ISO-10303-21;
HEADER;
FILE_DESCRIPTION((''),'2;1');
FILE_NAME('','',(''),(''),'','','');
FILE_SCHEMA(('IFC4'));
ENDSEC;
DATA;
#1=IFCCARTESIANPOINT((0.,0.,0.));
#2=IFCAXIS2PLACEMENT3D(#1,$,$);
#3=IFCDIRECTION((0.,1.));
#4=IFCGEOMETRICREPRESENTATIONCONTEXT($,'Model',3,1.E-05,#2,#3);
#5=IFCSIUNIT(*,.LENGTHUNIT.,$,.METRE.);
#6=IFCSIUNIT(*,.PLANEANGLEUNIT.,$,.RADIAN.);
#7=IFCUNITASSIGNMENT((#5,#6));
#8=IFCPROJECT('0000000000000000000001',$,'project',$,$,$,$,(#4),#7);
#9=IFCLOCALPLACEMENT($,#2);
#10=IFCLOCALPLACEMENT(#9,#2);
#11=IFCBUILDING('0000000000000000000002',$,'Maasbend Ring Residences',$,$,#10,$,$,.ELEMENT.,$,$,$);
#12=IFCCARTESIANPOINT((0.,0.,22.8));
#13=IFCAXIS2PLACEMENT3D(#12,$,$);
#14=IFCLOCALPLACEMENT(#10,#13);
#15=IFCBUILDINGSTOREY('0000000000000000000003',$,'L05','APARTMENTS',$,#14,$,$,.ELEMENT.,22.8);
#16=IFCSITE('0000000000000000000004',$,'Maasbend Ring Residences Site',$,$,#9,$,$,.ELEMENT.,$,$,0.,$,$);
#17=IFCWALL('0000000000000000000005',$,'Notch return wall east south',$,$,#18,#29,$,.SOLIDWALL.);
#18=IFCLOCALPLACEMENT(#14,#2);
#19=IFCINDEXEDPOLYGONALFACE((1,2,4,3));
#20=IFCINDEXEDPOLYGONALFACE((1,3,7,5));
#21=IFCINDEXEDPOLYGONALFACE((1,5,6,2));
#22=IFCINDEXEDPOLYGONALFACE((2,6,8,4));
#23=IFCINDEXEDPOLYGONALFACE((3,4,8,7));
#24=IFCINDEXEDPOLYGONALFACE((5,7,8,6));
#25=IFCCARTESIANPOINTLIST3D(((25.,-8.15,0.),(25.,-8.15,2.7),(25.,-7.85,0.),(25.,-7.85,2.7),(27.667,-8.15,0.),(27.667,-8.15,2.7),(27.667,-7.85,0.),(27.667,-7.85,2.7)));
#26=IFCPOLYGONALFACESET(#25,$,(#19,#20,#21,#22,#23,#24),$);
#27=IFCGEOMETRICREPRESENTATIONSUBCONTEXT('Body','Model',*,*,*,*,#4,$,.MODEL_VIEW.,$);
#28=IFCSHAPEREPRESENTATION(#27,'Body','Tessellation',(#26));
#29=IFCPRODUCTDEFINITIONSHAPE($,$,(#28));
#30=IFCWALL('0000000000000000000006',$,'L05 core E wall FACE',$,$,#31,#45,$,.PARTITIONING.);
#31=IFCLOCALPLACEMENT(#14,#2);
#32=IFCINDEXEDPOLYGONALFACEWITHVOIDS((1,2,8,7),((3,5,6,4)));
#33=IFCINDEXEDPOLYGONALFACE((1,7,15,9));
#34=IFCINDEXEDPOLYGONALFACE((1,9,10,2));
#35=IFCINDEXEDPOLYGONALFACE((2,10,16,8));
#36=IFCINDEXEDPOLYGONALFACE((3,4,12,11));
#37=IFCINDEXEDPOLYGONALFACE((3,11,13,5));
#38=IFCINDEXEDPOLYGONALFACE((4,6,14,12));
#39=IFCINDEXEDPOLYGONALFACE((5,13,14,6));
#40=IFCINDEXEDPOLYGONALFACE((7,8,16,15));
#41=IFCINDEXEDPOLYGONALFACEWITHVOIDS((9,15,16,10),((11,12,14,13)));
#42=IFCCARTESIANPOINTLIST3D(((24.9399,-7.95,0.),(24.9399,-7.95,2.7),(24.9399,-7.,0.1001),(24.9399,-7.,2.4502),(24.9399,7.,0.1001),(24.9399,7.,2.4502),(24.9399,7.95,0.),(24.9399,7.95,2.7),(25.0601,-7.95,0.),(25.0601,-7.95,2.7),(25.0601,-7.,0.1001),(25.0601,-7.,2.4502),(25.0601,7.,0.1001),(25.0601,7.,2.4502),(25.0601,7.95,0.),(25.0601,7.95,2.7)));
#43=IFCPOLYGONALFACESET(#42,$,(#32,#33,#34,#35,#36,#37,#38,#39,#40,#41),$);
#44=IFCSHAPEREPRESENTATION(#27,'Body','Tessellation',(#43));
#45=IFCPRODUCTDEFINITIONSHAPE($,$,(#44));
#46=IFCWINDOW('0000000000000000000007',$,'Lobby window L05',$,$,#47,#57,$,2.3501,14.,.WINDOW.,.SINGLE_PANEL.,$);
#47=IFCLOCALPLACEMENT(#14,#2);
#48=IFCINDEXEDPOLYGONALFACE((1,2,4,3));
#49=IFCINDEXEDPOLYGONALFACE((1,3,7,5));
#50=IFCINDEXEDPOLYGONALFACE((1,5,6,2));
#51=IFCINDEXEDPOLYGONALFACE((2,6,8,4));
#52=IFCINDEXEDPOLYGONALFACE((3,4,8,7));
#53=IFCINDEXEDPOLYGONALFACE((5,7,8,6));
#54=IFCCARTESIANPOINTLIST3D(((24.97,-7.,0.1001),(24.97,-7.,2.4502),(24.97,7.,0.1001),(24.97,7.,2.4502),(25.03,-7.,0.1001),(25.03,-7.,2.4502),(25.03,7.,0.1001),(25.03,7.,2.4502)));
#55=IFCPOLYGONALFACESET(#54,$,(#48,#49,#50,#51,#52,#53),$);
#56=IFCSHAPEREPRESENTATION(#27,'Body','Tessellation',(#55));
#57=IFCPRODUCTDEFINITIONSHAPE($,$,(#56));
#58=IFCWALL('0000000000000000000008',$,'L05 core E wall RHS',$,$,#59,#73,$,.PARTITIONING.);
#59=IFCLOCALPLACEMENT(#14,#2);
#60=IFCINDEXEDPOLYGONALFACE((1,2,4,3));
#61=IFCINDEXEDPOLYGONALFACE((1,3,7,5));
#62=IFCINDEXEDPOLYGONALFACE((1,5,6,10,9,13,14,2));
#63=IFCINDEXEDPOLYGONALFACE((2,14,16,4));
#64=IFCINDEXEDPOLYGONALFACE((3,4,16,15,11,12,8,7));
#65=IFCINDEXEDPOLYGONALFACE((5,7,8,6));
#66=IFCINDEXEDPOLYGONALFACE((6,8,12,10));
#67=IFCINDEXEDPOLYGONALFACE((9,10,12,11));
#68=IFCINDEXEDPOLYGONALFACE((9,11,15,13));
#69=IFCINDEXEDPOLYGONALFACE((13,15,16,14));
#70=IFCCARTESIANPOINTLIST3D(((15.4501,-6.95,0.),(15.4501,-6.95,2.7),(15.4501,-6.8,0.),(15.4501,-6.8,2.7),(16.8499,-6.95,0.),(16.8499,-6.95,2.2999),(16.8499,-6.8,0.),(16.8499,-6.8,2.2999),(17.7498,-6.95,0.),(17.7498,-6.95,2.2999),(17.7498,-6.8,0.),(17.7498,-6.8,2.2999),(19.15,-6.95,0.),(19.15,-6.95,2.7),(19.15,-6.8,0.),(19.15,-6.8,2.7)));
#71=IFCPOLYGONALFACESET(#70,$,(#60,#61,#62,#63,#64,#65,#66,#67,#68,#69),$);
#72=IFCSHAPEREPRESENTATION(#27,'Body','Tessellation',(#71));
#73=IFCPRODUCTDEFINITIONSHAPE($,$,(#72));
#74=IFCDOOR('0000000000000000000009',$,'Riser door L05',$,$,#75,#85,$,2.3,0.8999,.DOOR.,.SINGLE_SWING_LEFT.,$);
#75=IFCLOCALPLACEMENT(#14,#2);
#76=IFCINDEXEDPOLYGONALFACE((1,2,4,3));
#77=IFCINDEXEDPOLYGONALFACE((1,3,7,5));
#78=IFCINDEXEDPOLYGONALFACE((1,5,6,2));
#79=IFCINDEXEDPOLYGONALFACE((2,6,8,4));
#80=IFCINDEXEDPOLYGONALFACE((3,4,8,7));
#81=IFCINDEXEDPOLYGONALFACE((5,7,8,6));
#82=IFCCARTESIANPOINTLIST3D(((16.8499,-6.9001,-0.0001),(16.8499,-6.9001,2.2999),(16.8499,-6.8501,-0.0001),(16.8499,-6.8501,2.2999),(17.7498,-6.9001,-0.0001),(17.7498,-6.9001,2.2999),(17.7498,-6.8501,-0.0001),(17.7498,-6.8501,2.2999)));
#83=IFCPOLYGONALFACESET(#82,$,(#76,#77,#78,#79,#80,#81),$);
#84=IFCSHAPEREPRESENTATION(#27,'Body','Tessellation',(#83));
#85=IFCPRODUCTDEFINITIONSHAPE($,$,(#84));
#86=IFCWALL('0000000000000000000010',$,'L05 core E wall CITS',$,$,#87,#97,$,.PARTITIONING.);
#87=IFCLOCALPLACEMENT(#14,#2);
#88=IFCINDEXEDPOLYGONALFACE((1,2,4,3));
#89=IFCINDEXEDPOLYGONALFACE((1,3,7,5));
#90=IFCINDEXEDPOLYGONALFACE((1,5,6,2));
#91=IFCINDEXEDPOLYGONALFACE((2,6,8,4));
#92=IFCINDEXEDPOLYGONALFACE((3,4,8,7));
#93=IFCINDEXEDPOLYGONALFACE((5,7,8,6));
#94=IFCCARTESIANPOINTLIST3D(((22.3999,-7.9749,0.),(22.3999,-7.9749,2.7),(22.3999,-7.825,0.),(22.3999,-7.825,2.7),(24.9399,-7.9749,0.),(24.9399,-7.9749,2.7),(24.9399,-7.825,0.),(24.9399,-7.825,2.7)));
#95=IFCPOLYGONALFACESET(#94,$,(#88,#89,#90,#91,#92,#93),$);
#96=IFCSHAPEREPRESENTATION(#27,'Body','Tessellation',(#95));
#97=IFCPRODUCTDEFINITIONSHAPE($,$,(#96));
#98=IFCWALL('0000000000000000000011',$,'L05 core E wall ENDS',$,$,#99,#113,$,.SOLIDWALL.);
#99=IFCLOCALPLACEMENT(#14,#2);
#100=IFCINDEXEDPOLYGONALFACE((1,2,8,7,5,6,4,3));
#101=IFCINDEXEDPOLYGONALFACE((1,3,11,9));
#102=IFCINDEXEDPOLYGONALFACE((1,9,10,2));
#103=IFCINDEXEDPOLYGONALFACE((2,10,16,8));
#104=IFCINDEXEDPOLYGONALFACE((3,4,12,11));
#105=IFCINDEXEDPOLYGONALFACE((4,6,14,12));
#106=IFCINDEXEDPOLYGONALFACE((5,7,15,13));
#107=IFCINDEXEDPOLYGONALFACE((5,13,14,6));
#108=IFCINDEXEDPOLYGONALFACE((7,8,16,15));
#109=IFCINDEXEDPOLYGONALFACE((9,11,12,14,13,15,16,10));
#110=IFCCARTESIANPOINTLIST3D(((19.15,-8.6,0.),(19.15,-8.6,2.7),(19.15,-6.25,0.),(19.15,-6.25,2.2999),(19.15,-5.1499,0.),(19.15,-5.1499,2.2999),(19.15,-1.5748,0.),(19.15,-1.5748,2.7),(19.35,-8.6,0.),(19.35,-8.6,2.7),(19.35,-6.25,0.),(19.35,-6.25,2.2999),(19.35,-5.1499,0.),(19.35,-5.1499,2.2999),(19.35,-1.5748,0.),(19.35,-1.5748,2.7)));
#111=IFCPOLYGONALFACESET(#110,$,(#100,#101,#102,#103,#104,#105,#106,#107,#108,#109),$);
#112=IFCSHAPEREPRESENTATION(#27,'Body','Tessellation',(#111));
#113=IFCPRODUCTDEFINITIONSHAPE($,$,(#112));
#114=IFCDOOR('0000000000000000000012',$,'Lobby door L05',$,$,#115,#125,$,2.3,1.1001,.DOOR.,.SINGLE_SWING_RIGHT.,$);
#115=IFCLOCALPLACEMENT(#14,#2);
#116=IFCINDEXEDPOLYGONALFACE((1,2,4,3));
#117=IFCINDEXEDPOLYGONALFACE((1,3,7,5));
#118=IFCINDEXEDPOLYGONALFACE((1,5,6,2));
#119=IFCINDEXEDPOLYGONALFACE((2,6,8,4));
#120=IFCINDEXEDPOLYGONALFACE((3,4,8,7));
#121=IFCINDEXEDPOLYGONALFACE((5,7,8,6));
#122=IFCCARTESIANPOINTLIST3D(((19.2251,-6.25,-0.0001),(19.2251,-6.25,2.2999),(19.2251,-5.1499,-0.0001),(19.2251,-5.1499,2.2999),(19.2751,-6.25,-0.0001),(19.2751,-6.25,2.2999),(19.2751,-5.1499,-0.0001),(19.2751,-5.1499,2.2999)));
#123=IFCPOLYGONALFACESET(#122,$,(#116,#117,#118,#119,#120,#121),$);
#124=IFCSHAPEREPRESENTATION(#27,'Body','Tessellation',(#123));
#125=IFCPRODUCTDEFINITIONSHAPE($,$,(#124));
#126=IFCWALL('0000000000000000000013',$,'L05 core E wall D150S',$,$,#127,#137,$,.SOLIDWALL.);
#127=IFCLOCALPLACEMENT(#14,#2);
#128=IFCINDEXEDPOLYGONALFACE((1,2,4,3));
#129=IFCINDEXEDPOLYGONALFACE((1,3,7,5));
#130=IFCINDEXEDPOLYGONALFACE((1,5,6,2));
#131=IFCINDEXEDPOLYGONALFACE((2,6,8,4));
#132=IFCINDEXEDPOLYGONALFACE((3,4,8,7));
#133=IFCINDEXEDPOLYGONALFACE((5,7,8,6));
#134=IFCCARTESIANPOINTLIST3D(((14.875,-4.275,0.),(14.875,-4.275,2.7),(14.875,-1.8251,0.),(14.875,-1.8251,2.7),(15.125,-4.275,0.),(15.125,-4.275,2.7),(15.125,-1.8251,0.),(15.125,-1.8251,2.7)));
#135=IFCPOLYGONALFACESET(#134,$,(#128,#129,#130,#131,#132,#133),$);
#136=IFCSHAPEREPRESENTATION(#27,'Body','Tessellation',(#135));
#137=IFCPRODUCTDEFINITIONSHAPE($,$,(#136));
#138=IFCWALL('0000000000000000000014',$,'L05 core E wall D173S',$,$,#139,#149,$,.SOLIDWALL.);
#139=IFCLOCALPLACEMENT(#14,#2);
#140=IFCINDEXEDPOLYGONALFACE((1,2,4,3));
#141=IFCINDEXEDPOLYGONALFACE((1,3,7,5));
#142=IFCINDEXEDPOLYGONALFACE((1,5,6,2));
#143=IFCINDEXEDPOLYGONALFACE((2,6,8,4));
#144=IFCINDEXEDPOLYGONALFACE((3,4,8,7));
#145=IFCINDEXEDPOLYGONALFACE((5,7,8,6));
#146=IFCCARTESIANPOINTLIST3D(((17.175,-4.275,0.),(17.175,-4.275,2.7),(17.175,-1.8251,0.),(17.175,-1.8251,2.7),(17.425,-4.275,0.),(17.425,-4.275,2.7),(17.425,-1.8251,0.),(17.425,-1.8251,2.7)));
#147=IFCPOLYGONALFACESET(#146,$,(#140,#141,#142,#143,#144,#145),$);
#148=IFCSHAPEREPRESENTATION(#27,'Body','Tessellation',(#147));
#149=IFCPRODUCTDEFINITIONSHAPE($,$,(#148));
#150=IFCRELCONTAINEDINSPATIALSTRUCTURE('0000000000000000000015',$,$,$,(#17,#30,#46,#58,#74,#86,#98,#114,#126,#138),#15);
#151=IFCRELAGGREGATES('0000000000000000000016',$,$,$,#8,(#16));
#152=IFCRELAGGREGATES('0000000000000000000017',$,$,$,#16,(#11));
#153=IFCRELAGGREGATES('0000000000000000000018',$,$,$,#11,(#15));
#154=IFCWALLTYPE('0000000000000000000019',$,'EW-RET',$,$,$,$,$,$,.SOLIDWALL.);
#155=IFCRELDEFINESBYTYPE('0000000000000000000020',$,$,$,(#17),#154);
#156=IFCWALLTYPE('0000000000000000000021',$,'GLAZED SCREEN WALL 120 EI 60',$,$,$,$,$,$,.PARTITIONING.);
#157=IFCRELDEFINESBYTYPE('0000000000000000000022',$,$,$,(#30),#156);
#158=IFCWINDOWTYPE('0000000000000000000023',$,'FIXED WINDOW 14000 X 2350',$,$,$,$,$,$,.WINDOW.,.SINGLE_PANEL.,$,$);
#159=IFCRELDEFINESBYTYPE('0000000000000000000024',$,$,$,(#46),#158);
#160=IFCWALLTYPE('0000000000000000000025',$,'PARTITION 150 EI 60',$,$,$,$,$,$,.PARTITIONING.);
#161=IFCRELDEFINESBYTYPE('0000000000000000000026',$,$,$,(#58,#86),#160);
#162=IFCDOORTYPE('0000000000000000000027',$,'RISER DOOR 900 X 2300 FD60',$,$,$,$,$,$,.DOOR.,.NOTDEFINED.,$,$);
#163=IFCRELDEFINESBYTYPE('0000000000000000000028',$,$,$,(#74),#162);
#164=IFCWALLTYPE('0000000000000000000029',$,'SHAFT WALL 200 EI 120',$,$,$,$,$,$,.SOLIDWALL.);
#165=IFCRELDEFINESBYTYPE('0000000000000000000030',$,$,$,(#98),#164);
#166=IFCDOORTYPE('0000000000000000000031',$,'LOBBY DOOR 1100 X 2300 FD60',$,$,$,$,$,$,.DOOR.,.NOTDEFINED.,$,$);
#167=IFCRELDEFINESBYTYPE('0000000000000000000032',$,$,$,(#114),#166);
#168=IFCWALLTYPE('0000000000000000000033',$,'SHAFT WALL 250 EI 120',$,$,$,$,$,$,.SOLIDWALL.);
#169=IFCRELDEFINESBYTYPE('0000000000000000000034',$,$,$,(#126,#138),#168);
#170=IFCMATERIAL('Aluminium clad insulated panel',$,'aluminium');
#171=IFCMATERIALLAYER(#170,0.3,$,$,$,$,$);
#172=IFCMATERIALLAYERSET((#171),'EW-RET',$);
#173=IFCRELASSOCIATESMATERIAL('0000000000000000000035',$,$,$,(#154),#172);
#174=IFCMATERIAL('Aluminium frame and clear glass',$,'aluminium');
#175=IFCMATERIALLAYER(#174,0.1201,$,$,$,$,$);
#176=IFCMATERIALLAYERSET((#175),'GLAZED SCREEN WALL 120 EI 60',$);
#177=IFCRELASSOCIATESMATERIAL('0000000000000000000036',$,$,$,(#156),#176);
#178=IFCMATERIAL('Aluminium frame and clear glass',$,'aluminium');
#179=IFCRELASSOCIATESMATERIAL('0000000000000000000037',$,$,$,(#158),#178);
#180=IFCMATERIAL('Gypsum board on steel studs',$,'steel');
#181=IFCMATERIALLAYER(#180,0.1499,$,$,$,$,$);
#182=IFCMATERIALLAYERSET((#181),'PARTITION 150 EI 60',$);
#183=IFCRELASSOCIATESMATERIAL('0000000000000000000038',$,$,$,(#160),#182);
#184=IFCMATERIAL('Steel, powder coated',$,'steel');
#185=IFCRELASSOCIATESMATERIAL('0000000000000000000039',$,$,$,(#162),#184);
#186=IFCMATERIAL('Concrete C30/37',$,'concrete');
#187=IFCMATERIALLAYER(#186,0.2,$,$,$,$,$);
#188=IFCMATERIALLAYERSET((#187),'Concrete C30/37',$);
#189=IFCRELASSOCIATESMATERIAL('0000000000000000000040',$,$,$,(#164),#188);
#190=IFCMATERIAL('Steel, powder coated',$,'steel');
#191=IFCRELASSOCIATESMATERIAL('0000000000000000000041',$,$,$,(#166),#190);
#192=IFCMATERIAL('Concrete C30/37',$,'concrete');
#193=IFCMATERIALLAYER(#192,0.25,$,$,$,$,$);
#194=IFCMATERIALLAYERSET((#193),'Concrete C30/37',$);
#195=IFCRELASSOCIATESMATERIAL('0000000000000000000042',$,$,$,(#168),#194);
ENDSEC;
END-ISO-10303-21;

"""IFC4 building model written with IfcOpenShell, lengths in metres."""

from ifc_helpers import new_model, si_unit, direction, frame, frame_2d, origin, place, context, subcontext, project, spatial, rectangle, extrude, material, layer, layer_set, type_object, element, fill, save


model = new_model("IFC4")

# Units and contexts
model_context = context("Model", 3, precision=1e-05, world=origin(), true_north=direction((0.0, 1.0)))
body_context = subcontext(model_context, "Body", "Model", "MODEL_VIEW")
ifc_project = project(units=[si_unit("LENGTHUNIT", "METRE"), si_unit("PLANEANGLEUNIT", "RADIAN")], contexts=[model_context])

# Site, building, storey
site_placement = place(None, origin())
site = spatial("IfcSite", under=ifc_project, at=site_placement, Name="Maasbend Ring Residences Site", CompositionType="ELEMENT", RefElevation=0.0)
building_placement = place(site_placement, origin())
building = spatial("IfcBuilding", under=site, at=building_placement, Name="Maasbend Ring Residences", CompositionType="ELEMENT")
storey_placement = place(building_placement, frame((0.0, 0.0, 22.8)))
storey = spatial("IfcBuildingStorey", under=building, at=storey_placement, Name="L05", Description="APARTMENTS", CompositionType="ELEMENT", Elevation=22.8)

# Wall
ifc_material_1 = material(Name="Aluminium clad insulated panel", Category="aluminium")
ifc_layer_1 = layer(ifc_material_1, 0.3)
ifc_layer_set_1 = layer_set([ifc_layer_1], Name="EW-RET")
wall_type_1 = type_object("IfcWallType", Name="EW-RET", PredefinedType="SOLIDWALL", material=ifc_layer_set_1)
wall_1_placement = place(storey_placement, frame((25.0, -8.0, 0.0), z_axis=(0.0, 0.0, 1.0), x_axis=(1.0, 0.0, 0.0)))
element("IfcWall", 1, at=wall_1_placement, inside=storey, type_object=wall_type_1, Name="Notch return wall east south", PredefinedType="SOLIDWALL", context=body_context, shape_type="SweptSolid", body=[
    extrude(rectangle(XDim=2.667, YDim=0.3, at=frame_2d((1.3335, 0.0))), origin(), (0.0, 0.0, 1.0), 2.7),
])

# Wall, opening, window
ifc_material_2 = material(Name="Aluminium frame and clear glass", Category="aluminium")
ifc_layer_2 = layer(ifc_material_2, 0.1201)
ifc_layer_set_2 = layer_set([ifc_layer_2], Name="GLAZED SCREEN WALL 120 EI 60")
wall_type_2 = type_object("IfcWallType", Name="GLAZED SCREEN WALL 120 EI 60", PredefinedType="PARTITIONING", material=ifc_layer_set_2)
wall_2_placement = place(storey_placement, frame((25.0, -7.95, 0.0), z_axis=(0.0, 0.0, 1.0), x_axis=(0.0, 1.0, 0.0)))
wall_2 = element("IfcWall", 2, at=wall_2_placement, inside=storey, type_object=wall_type_2, Name="L05 core E wall FACE", PredefinedType="PARTITIONING", context=body_context, shape_type="SweptSolid", body=[
    extrude(rectangle(XDim=15.8999, YDim=0.1201, at=frame_2d((7.95, 0.0))), origin(), (0.0, 0.0, 1.0), 2.7),
])
opening_1_placement = place(wall_2_placement, frame((0.95, 0.0, 0.1001)))
opening_1 = element("IfcOpeningElement", 3, at=opening_1_placement, cuts=wall_2, PredefinedType="OPENING", context=body_context, shape_type="SweptSolid", body=[
    extrude(rectangle(XDim=14.0, YDim=2.3501, at=frame_2d((7.0, 1.175))), frame((0.0, 0.0701, 0.0), z_axis=(0.0, -1.0, 0.0), x_axis=(1.0, 0.0, 0.0)), (0.0, 0.0, 1.0), 0.1401),
])
ifc_material_3 = material(Name="Aluminium frame and clear glass", Category="aluminium")
window_type = type_object("IfcWindowType", Name="FIXED WINDOW 14000 X 2350", PartitioningType="SINGLE_PANEL", PredefinedType="WINDOW", material=ifc_material_3)
window_placement = place(opening_1_placement, origin())
window = element("IfcWindow", 4, at=window_placement, inside=storey, type_object=window_type, Name="Lobby window L05", OverallHeight=2.3501, OverallWidth=14.0, PartitioningType="SINGLE_PANEL", PredefinedType="WINDOW", context=body_context, shape_type="SweptSolid", body=[
    extrude(rectangle(XDim=14.0, YDim=2.3501, at=frame_2d((7.0, 1.175))), frame((0.0, 0.03, 0.0), z_axis=(0.0, -1.0, 0.0), x_axis=(1.0, 0.0, 0.0)), (0.0, 0.0, 1.0), 0.0601),
])
fill(opening_1, window)

# Wall, opening, door
ifc_material_4 = material(Name="Gypsum board on steel studs", Category="steel")
ifc_layer_3 = layer(ifc_material_4, 0.1499)
ifc_layer_set_3 = layer_set([ifc_layer_3], Name="PARTITION 150 EI 60")
wall_type_3 = type_object("IfcWallType", Name="PARTITION 150 EI 60", PredefinedType="PARTITIONING", material=ifc_layer_set_3)
wall_3_placement = place(storey_placement, frame((15.45, -6.875, 0.0), z_axis=(0.0, 0.0, 1.0), x_axis=(1.0, 0.0, 0.0)))
wall_3 = element("IfcWall", 5, at=wall_3_placement, inside=storey, type_object=wall_type_3, Name="L05 core E wall RHS", PredefinedType="PARTITIONING", context=body_context, shape_type="SweptSolid", body=[
    extrude(rectangle(XDim=3.7, YDim=0.1499, at=frame_2d((1.8501, 0.0))), origin(), (0.0, 0.0, 1.0), 2.7),
])
opening_2_placement = place(wall_3_placement, frame((1.3999, 0.0, 0.0)))
opening_2 = element("IfcOpeningElement", 6, at=opening_2_placement, cuts=wall_3, PredefinedType="OPENING", context=body_context, shape_type="SweptSolid", body=[
    extrude(rectangle(XDim=0.8999, YDim=2.3, at=frame_2d((0.45, 1.1499))), frame((0.0, 0.085, 0.0), z_axis=(0.0, -1.0, 0.0), x_axis=(1.0, 0.0, 0.0)), (0.0, 0.0, 1.0), 0.1699),
])
ifc_material_5 = material(Name="Steel, powder coated", Category="steel")
door_type_1 = type_object("IfcDoorType", Name="RISER DOOR 900 X 2300 FD60", OperationType="NOTDEFINED", PredefinedType="DOOR", material=ifc_material_5)
door_1_placement = place(opening_2_placement, origin())
door_1 = element("IfcDoor", 7, at=door_1_placement, inside=storey, type_object=door_type_1, Name="Riser door L05", OperationType="SINGLE_SWING_LEFT", OverallHeight=2.3, OverallWidth=0.8999, PredefinedType="DOOR", context=body_context, shape_type="SweptSolid", body=[
    extrude(rectangle(XDim=0.8999, YDim=2.3, at=frame_2d((0.45, 1.1499))), frame((0.0, 0.0249, 0.0), z_axis=(0.0, -1.0, 0.0), x_axis=(1.0, 0.0, 0.0)), (0.0, 0.0, 1.0), 0.05),
])
fill(opening_2, door_1)

# Wall
wall_4_placement = place(storey_placement, frame((22.3999, -7.8999, 0.0), z_axis=(0.0, 0.0, 1.0), x_axis=(1.0, 0.0, 0.0)))
element("IfcWall", 8, at=wall_4_placement, inside=storey, type_object=wall_type_3, Name="L05 core E wall CITS", PredefinedType="PARTITIONING", context=body_context, shape_type="SweptSolid", body=[
    extrude(rectangle(XDim=2.54, YDim=0.1499, at=frame_2d((1.27, 0.0))), origin(), (0.0, 0.0, 1.0), 2.7),
])

# Wall, opening, door
ifc_material_6 = material(Name="Concrete C30/37", Category="concrete")
ifc_layer_4 = layer(ifc_material_6, 0.2)
ifc_layer_set_4 = layer_set([ifc_layer_4], Name="Concrete C30/37")
wall_type_4 = type_object("IfcWallType", Name="SHAFT WALL 200 EI 120", PredefinedType="SOLIDWALL", material=ifc_layer_set_4)
wall_5_placement = place(storey_placement, frame((19.25, -8.6001, 0.0), z_axis=(0.0, 0.0, 1.0), x_axis=(0.0, 1.0, 0.0)))
wall_5 = element("IfcWall", 9, at=wall_5_placement, inside=storey, type_object=wall_type_4, Name="L05 core E wall ENDS", PredefinedType="SOLIDWALL", context=body_context, shape_type="SweptSolid", body=[
    extrude(rectangle(XDim=7.0251, YDim=0.2, at=frame_2d((3.5127, 0.0))), origin(), (0.0, 0.0, 1.0), 2.7),
])
opening_3_placement = place(wall_5_placement, frame((2.3501, 0.0, 0.0)))
opening_3 = element("IfcOpeningElement", 10, at=opening_3_placement, cuts=wall_5, PredefinedType="OPENING", context=body_context, shape_type="SweptSolid", body=[
    extrude(rectangle(XDim=1.1001, YDim=2.3, at=frame_2d((0.55, 1.1499))), frame((0.0, 0.1099, 0.0), z_axis=(0.0, -1.0, 0.0), x_axis=(1.0, 0.0, 0.0)), (0.0, 0.0, 1.0), 0.22),
])
ifc_material_7 = material(Name="Steel, powder coated", Category="steel")
door_type_2 = type_object("IfcDoorType", Name="LOBBY DOOR 1100 X 2300 FD60", OperationType="NOTDEFINED", PredefinedType="DOOR", material=ifc_material_7)
door_2_placement = place(opening_3_placement, origin())
door_2 = element("IfcDoor", 11, at=door_2_placement, inside=storey, type_object=door_type_2, Name="Lobby door L05", OperationType="SINGLE_SWING_RIGHT", OverallHeight=2.3, OverallWidth=1.1001, PredefinedType="DOOR", context=body_context, shape_type="SweptSolid", body=[
    extrude(rectangle(XDim=1.1001, YDim=2.3, at=frame_2d((0.55, 1.1499))), frame((0.0, 0.0249, 0.0), z_axis=(0.0, -1.0, 0.0), x_axis=(1.0, 0.0, 0.0)), (0.0, 0.0, 1.0), 0.05),
])
fill(opening_3, door_2)

# Walls
ifc_material_8 = material(Name="Concrete C30/37", Category="concrete")
ifc_layer_5 = layer(ifc_material_8, 0.25)
ifc_layer_set_5 = layer_set([ifc_layer_5], Name="Concrete C30/37")
wall_type_5 = type_object("IfcWallType", Name="SHAFT WALL 250 EI 120", PredefinedType="SOLIDWALL", material=ifc_layer_set_5)
for number, where, z_axis, x_axis, name in (
    (12, (15.0, -1.825, 0.0), (0.0, 0.0, 1.0), (0.0, -1.0, 0.0), "L05 core E wall D150S"),
    (13, (17.3, -1.825, 0.0), (0.0, 0.0, 1.0), (0.0, -1.0, 0.0), "L05 core E wall D173S"),
):
    element("IfcWall", number, at=place(storey_placement, frame(where, z_axis=z_axis, x_axis=x_axis)), inside=storey, type_object=wall_type_5, Name=name, PredefinedType="SOLIDWALL", context=body_context, shape_type="SweptSolid", body=[
        extrude(rectangle(XDim=2.45, YDim=0.25, at=frame_2d((1.2251, 0.0))), origin(), (0.0, 0.0, 1.0), 2.7),
    ])

save(model, "model.ifc")
